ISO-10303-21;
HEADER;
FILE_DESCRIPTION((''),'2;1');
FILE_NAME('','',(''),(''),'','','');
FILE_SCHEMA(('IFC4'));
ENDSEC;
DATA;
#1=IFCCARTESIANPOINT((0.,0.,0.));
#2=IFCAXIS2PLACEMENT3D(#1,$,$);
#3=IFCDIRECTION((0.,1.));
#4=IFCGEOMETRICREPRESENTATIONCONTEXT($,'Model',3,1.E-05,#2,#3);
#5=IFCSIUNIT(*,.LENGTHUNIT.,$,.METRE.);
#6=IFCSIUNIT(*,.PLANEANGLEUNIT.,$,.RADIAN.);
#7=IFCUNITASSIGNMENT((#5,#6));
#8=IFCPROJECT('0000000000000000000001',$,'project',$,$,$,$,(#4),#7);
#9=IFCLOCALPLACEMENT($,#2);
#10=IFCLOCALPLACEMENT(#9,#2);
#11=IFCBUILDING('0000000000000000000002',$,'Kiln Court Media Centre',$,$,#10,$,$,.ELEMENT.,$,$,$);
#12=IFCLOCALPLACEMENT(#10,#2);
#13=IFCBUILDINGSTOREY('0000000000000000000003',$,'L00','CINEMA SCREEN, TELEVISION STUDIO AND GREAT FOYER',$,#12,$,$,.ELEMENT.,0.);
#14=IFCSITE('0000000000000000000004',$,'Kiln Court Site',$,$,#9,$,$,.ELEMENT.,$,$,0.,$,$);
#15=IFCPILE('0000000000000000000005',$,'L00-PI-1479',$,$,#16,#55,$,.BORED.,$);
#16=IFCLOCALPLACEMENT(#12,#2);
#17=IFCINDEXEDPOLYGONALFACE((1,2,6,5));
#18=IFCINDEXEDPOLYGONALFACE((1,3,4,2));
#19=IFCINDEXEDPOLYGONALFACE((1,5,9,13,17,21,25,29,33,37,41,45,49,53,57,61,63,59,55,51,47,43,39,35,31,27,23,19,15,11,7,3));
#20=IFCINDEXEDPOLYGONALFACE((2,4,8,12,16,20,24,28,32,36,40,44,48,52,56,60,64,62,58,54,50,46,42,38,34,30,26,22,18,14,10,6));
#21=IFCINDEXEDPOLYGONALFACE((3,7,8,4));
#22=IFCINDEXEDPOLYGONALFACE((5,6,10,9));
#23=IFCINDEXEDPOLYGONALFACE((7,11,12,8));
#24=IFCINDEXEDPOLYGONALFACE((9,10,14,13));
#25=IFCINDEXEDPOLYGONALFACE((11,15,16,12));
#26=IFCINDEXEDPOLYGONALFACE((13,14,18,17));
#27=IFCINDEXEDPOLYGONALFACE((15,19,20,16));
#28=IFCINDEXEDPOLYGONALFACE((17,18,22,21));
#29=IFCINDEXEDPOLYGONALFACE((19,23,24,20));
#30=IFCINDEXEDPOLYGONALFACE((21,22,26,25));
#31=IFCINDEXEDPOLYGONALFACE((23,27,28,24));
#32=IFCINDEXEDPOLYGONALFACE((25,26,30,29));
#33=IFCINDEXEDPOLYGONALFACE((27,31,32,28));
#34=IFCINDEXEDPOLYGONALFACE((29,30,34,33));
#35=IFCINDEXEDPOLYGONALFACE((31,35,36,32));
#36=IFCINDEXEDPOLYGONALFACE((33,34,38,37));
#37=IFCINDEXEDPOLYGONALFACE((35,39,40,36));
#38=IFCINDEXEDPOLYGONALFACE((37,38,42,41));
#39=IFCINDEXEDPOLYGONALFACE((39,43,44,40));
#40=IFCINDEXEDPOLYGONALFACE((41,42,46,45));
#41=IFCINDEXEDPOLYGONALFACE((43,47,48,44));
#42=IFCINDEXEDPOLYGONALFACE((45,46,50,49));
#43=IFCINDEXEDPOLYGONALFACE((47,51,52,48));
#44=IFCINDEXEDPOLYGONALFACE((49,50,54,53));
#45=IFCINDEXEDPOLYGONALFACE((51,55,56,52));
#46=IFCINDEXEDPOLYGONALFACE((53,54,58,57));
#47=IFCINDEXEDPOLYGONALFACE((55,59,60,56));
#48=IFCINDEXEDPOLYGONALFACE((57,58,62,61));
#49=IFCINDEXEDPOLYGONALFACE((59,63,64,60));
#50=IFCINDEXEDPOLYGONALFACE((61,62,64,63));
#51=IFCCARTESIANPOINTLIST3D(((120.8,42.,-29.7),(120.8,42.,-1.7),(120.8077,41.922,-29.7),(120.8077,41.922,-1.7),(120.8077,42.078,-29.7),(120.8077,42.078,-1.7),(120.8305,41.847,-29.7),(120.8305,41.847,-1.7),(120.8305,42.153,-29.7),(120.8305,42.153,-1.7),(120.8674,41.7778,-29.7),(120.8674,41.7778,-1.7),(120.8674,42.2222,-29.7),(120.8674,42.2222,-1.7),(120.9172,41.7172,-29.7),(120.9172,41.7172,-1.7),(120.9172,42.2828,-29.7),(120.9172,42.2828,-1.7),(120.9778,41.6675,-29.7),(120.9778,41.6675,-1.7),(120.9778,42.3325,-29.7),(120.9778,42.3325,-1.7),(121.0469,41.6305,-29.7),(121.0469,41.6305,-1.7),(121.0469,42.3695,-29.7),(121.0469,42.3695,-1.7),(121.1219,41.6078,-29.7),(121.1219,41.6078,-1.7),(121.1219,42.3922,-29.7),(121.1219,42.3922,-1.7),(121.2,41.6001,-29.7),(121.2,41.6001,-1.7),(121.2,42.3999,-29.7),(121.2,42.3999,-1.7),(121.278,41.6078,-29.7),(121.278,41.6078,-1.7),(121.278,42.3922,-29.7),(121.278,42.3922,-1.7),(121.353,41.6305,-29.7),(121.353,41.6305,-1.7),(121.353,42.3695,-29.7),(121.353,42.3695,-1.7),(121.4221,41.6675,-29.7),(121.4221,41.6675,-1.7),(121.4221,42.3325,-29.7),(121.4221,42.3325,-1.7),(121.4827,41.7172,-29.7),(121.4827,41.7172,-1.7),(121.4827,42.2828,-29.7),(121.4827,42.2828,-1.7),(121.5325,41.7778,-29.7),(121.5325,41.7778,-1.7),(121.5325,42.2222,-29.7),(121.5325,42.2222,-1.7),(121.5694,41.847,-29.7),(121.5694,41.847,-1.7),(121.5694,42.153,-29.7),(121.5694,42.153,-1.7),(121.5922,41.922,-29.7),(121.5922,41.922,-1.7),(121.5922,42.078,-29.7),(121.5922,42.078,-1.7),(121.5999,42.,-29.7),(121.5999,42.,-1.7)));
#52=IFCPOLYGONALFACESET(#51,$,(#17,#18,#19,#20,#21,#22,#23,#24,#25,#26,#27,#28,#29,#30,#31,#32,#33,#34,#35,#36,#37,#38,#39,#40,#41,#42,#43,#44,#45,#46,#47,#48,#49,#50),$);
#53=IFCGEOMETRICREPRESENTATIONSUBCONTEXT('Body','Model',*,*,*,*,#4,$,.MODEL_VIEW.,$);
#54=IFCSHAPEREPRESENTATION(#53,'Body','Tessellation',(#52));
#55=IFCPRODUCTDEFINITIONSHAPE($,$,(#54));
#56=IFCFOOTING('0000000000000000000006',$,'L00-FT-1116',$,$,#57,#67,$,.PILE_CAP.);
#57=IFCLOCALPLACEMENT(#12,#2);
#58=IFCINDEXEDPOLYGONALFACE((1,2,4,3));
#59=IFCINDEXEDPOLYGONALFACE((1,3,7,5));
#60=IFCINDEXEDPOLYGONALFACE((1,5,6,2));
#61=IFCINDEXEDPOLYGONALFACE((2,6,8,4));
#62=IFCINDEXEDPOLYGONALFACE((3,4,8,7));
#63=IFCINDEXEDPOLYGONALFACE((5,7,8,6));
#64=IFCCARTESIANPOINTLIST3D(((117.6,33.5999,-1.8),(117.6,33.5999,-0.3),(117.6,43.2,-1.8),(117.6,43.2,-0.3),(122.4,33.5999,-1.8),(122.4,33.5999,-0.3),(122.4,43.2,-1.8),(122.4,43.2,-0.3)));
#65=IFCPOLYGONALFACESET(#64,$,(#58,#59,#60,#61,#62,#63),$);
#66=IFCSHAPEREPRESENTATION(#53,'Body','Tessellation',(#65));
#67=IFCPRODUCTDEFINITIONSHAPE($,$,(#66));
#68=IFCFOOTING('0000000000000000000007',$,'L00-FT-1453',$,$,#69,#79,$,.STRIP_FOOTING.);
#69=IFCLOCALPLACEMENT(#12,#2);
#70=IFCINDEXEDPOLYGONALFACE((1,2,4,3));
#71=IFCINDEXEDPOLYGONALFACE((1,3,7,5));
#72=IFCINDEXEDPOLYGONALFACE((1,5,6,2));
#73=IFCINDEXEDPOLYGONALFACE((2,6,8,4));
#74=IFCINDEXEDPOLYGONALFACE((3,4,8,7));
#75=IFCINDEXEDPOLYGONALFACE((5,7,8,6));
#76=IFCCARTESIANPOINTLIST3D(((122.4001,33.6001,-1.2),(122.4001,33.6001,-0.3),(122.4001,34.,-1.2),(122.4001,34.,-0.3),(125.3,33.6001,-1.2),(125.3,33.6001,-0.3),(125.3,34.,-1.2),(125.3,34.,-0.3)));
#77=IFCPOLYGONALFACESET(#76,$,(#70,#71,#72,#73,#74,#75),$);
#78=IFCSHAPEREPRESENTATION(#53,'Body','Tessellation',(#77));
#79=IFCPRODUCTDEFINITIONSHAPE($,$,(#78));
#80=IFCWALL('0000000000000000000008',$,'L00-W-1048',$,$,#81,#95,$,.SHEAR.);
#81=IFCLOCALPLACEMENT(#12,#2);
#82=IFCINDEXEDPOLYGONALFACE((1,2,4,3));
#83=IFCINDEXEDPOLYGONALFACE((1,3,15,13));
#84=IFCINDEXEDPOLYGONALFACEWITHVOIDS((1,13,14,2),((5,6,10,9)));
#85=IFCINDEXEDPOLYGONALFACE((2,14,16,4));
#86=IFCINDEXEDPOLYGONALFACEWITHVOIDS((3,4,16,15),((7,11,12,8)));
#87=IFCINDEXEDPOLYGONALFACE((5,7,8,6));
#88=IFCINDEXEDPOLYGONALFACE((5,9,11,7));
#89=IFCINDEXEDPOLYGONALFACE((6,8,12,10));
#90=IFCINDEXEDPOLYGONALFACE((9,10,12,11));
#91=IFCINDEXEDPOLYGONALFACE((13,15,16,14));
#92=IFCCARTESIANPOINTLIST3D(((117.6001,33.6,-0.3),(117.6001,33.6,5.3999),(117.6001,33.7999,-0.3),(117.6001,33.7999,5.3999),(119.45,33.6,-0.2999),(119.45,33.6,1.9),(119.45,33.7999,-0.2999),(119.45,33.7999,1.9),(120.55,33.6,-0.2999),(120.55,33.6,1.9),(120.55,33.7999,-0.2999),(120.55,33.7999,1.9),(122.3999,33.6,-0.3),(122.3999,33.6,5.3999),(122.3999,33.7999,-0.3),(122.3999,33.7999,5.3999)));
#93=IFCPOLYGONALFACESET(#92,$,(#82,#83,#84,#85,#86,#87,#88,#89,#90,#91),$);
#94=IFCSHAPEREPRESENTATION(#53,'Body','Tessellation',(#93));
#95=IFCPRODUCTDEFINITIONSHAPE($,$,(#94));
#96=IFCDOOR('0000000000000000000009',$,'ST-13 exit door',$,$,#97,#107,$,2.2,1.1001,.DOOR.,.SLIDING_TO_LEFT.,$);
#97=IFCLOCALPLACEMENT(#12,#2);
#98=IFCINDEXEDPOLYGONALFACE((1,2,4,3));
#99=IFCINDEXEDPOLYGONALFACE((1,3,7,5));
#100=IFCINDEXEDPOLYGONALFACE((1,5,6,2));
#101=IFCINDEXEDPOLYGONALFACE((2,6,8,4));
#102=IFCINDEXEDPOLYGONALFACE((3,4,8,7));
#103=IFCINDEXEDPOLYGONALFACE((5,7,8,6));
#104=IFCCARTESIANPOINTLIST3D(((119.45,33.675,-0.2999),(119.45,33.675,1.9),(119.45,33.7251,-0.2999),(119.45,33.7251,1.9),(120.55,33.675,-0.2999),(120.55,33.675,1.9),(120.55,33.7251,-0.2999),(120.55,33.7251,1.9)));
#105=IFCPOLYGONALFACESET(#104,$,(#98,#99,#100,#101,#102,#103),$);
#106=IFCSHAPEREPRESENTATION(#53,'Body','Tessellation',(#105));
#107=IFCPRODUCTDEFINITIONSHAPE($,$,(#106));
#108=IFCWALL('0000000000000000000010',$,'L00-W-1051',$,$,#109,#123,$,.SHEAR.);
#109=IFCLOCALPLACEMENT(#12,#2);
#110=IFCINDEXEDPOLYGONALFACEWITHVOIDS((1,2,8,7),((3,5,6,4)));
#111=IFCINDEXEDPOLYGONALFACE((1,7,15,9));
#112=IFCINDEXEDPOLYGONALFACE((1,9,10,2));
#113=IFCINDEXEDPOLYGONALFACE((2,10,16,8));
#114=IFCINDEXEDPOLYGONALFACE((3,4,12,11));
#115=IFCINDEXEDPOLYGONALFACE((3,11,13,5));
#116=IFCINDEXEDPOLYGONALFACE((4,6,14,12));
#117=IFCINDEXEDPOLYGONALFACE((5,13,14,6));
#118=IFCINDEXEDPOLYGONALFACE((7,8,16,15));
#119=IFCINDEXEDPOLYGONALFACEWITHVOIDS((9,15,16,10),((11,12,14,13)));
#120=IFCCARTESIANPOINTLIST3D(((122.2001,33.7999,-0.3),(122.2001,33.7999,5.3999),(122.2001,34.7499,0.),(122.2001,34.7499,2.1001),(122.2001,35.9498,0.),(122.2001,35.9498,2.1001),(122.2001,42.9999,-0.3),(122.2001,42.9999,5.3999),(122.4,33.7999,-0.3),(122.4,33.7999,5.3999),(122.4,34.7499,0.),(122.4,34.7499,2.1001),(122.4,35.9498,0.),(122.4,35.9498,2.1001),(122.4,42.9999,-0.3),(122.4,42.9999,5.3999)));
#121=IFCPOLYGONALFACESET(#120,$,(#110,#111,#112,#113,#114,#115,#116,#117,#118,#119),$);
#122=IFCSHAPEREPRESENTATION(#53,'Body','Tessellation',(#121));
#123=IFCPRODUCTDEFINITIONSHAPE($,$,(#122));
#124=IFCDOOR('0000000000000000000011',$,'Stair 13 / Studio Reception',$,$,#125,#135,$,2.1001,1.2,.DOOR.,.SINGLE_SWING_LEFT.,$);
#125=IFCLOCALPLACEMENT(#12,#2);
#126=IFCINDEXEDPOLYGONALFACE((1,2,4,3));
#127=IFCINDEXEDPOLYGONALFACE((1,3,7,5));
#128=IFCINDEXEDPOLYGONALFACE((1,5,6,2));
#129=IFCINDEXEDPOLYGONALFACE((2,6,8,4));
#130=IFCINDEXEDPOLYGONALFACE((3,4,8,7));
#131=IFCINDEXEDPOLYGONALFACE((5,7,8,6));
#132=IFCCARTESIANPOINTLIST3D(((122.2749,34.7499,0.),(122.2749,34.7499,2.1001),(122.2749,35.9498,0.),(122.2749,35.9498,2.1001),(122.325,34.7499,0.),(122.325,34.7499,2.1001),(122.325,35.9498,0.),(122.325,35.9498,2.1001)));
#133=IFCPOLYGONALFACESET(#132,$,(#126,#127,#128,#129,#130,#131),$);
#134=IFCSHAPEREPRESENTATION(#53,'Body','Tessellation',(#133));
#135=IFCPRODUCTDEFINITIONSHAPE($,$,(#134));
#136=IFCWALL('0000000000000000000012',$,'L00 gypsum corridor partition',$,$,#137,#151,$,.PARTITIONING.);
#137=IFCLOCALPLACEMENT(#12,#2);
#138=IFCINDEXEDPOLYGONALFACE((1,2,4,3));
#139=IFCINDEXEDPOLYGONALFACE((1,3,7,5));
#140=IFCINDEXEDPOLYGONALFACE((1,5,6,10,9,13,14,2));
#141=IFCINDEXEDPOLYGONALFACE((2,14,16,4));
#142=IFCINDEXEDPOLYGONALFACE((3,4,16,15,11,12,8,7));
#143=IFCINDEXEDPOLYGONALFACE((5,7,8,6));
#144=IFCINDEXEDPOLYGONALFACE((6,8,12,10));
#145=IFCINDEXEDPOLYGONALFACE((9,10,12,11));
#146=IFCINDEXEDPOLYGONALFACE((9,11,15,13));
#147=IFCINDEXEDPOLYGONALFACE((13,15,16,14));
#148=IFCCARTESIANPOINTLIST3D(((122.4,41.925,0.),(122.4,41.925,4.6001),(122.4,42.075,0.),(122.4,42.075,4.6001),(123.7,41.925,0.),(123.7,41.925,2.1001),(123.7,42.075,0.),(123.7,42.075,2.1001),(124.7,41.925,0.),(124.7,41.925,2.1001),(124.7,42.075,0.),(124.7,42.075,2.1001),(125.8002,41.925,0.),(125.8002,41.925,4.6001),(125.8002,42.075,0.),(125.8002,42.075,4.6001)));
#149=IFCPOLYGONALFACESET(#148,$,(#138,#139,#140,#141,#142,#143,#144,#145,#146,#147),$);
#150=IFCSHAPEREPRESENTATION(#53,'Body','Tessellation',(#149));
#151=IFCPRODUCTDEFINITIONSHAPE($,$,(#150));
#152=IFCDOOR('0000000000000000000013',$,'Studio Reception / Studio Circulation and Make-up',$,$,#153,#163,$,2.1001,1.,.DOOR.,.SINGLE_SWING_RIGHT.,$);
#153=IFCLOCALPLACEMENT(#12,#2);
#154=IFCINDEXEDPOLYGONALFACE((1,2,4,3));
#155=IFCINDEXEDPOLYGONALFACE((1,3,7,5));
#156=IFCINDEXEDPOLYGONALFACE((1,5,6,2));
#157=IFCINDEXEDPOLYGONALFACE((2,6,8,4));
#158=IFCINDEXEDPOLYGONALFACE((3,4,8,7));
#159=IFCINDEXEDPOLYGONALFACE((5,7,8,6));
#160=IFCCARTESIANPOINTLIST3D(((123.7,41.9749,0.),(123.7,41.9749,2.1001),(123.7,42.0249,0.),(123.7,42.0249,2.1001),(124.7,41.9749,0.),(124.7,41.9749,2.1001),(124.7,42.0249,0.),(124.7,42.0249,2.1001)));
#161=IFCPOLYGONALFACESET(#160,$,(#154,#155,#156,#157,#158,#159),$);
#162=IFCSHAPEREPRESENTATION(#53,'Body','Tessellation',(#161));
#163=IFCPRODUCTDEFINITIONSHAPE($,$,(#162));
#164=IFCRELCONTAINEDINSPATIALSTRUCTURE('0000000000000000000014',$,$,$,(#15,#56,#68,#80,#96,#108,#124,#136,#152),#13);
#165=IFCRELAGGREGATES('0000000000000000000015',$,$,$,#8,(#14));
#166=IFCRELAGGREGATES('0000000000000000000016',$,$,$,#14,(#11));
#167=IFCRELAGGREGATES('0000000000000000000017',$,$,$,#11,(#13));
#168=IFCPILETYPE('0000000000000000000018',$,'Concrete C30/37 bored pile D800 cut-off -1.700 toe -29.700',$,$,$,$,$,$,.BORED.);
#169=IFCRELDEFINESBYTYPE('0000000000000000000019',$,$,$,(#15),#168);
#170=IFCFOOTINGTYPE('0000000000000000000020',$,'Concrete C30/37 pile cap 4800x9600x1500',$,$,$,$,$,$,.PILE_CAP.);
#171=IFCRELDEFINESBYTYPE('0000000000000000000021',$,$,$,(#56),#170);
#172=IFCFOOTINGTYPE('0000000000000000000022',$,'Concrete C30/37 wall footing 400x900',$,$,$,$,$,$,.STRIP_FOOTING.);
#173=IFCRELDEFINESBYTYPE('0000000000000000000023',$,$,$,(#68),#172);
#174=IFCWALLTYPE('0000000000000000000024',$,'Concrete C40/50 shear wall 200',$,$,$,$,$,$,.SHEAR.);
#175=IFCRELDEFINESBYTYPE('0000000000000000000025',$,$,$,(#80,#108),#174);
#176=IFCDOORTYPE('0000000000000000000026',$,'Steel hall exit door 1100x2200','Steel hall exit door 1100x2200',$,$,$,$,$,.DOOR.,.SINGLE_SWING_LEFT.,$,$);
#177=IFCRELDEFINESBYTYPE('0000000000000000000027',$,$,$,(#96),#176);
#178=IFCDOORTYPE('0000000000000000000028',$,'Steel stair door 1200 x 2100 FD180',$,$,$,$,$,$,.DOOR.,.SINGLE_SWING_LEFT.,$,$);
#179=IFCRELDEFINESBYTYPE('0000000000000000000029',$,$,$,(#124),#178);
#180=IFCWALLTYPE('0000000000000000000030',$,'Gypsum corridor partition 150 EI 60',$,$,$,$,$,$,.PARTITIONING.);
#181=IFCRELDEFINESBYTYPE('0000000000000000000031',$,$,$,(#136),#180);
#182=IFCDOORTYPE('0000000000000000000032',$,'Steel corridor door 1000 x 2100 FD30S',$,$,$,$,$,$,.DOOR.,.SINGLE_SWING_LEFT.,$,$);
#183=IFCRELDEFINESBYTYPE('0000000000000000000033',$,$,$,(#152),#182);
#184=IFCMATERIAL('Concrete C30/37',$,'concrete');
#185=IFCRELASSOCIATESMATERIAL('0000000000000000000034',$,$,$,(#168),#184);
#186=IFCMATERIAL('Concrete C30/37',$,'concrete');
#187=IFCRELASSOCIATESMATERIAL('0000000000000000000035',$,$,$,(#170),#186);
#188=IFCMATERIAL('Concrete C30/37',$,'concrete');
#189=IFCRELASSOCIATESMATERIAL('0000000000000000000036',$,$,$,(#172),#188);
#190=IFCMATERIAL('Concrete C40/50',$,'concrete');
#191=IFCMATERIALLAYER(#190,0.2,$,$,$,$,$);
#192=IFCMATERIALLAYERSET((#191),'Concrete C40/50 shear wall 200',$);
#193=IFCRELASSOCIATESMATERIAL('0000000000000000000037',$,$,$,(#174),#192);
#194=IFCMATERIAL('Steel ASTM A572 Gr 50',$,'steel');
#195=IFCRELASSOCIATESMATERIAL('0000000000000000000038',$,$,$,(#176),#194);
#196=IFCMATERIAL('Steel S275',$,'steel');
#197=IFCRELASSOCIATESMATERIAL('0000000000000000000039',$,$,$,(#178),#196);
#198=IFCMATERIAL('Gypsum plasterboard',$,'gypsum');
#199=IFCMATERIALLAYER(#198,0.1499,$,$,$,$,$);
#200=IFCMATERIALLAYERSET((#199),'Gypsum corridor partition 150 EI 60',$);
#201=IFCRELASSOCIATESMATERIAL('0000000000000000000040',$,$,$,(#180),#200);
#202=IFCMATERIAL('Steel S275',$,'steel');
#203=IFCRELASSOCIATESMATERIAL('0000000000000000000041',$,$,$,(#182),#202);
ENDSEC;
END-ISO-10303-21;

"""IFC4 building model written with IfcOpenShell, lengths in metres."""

from ifc_helpers import new_model, si_unit, direction, frame, frame_2d, origin, origin_2d, place, context, subcontext, project, spatial, rectangle, circle, extrude, material, layer, layer_set, material_profile, profile_set, type_object, element, fill, save


model = new_model("IFC4")

# Units and contexts
model_context = context("Model", 3, precision=1e-05, world=origin(), true_north=direction((0.0, 1.0)))
body_context = subcontext(model_context, "Body", "Model", "MODEL_VIEW")
ifc_project = project(units=[si_unit("LENGTHUNIT", "METRE"), si_unit("PLANEANGLEUNIT", "RADIAN")], contexts=[model_context])

# Site, building, storey
site_placement = place(None, origin())
site = spatial("IfcSite", under=ifc_project, at=site_placement, Name="Kiln Court Site", CompositionType="ELEMENT", RefElevation=0.0)
building_placement = place(site_placement, origin())
building = spatial("IfcBuilding", under=site, at=building_placement, Name="Kiln Court Media Centre", CompositionType="ELEMENT")
storey_placement = place(building_placement, origin())
storey = spatial("IfcBuildingStorey", under=building, at=storey_placement, Name="L00", Description="CINEMA SCREEN, TELEVISION STUDIO AND GREAT FOYER", CompositionType="ELEMENT", Elevation=0.0)

# Pile
ifc_material_1 = material(Name="Concrete C30/37", Category="concrete")
ifc_material_profile_1 = material_profile(ifc_material_1, circle(Radius=0.3999, at=origin_2d()), Name="PILE D800")
ifc_profile_set_1 = profile_set([ifc_material_profile_1], Name="Concrete C30/37")
pile_type_1 = type_object("IfcPileType", Name="Concrete C30/37 bored pile D800 cut-off -1.700 toe -29.700", PredefinedType="BORED", material=ifc_profile_set_1)
for number, where, z_axis, x_axis, name in (
    (1, (121.2, 42.0, -1.7), (0.0, 0.0, -1.0), (1.0, 0.0, 0.0), "L00-PI-1479"),
):
    element("IfcPile", number, at=place(storey_placement, frame(where, z_axis=z_axis, x_axis=x_axis)), inside=storey, type_object=pile_type_1, Name=name, PredefinedType="BORED", context=body_context, shape_type="SweptSolid", body=[
        extrude(circle(Radius=0.3999, at=origin_2d()), origin(), (0.0, 0.0, 1.0), 28.0),
    ])

# Footings
ifc_material_2 = material(Name="Concrete C30/37", Category="concrete")
footing_type_1 = type_object("IfcFootingType", Name="Concrete C30/37 pile cap 4800x9600x1500", PredefinedType="PILE_CAP", material=ifc_material_2)
footing_1_placement = place(storey_placement, frame((120.0, 38.3999, -1.8), z_axis=(0.0, 0.0, 1.0), x_axis=(1.0, 0.0, 0.0)))
element("IfcFooting", 2, at=footing_1_placement, inside=storey, type_object=footing_type_1, Name="L00-FT-1116", PredefinedType="PILE_CAP", context=body_context, shape_type="SweptSolid", body=[
    extrude(rectangle(XDim=4.8, YDim=9.6001, at=origin_2d()), origin(), (0.0, 0.0, 1.0), 1.5),
])
ifc_material_3 = material(Name="Concrete C30/37", Category="concrete")
footing_type_2 = type_object("IfcFootingType", Name="Concrete C30/37 wall footing 400x900", PredefinedType="STRIP_FOOTING", material=ifc_material_3)
footing_2_placement = place(storey_placement, frame((123.8501, 33.8, -1.2), z_axis=(0.0, 0.0, 1.0), x_axis=(1.0, 0.0, 0.0)))
element("IfcFooting", 3, at=footing_2_placement, inside=storey, type_object=footing_type_2, Name="L00-FT-1453", PredefinedType="STRIP_FOOTING", context=body_context, shape_type="SweptSolid", body=[
    extrude(rectangle(XDim=2.8999, YDim=0.3999, at=origin_2d()), origin(), (0.0, 0.0, 1.0), 0.8999),
])

# Walls, openings, doors
ifc_material_4 = material(Name="Concrete C40/50", Category="concrete")
ifc_layer_1 = layer(ifc_material_4, 0.2)
ifc_layer_set_1 = layer_set([ifc_layer_1], Name="Concrete C40/50 shear wall 200")
wall_type_1 = type_object("IfcWallType", Name="Concrete C40/50 shear wall 200", PredefinedType="SHEAR", material=ifc_layer_set_1)
wall_1_placement = place(storey_placement, frame((122.3999, 33.7, -0.3), z_axis=(0.0, 0.0, 1.0), x_axis=(-1.0, 0.0, 0.0)))
wall_1 = element("IfcWall", 4, at=wall_1_placement, inside=storey, type_object=wall_type_1, Name="L00-W-1048", PredefinedType="SHEAR", context=body_context, shape_type="SweptSolid", body=[
    extrude(rectangle(XDim=4.7998, YDim=0.2, at=frame_2d((2.3999, 0.0))), origin(), (0.0, 0.0, 1.0), 5.7),
])
opening_1_placement = place(wall_1_placement, frame((1.8499, 0.0, 0.0)))
opening_1 = element("IfcOpeningElement", 5, at=opening_1_placement, cuts=wall_1, PredefinedType="OPENING", context=body_context, shape_type="SweptSolid", body=[
    extrude(rectangle(XDim=1.1001, YDim=2.2, at=frame_2d((0.55, 1.1001))), frame((0.0, 0.1099, 0.0), z_axis=(0.0, -1.0, 0.0), x_axis=(1.0, 0.0, 0.0)), (0.0, 0.0, 1.0), 0.22),
])
ifc_material_5 = material(Name="Steel ASTM A572 Gr 50", Category="steel")
door_type_1 = type_object("IfcDoorType", Name="Steel hall exit door 1100x2200", Description="Steel hall exit door 1100x2200", OperationType="SINGLE_SWING_LEFT", PredefinedType="DOOR", material=ifc_material_5)
door_1_placement = place(opening_1_placement, origin())
door_1 = element("IfcDoor", 6, at=door_1_placement, inside=storey, type_object=door_type_1, Name="ST-13 exit door", OperationType="SLIDING_TO_LEFT", OverallHeight=2.2, OverallWidth=1.1001, PredefinedType="DOOR", context=body_context, shape_type="SweptSolid", body=[
    extrude(rectangle(XDim=1.1001, YDim=2.2, at=frame_2d((0.55, 1.1001))), frame((0.0, 0.0249, 0.0), z_axis=(0.0, -1.0, 0.0), x_axis=(1.0, 0.0, 0.0)), (0.0, 0.0, 1.0), 0.05),
])
fill(opening_1, door_1)
wall_2_placement = place(storey_placement, frame((122.3, 43.0, -0.3), z_axis=(0.0, 0.0, 1.0), x_axis=(0.0, -1.0, 0.0)))
wall_2 = element("IfcWall", 7, at=wall_2_placement, inside=storey, type_object=wall_type_1, Name="L00-W-1051", PredefinedType="SHEAR", context=body_context, shape_type="SweptSolid", body=[
    extrude(rectangle(XDim=9.2, YDim=0.2, at=frame_2d((4.6001, 0.0))), origin(), (0.0, 0.0, 1.0), 5.7),
])
opening_2_placement = place(wall_2_placement, frame((7.05, 0.0, 0.3)))
opening_2 = element("IfcOpeningElement", 8, at=opening_2_placement, cuts=wall_2, PredefinedType="OPENING", context=body_context, shape_type="SweptSolid", body=[
    extrude(rectangle(XDim=1.2, YDim=2.1001, at=frame_2d((0.6001, 1.05))), frame((0.0, 0.1099, 0.0), z_axis=(0.0, -1.0, 0.0), x_axis=(1.0, 0.0, 0.0)), (0.0, 0.0, 1.0), 0.22),
])
ifc_material_6 = material(Name="Steel S275", Category="steel")
door_type_2 = type_object("IfcDoorType", Name="Steel stair door 1200 x 2100 FD180", OperationType="SINGLE_SWING_LEFT", PredefinedType="DOOR", material=ifc_material_6)
door_2_placement = place(opening_2_placement, origin())
door_2 = element("IfcDoor", 9, at=door_2_placement, inside=storey, type_object=door_type_2, Name="Stair 13 / Studio Reception", OperationType="SINGLE_SWING_LEFT", OverallHeight=2.1001, OverallWidth=1.2, PredefinedType="DOOR", context=body_context, shape_type="SweptSolid", body=[
    extrude(rectangle(XDim=1.2, YDim=2.1001, at=frame_2d((0.6001, 1.05))), frame((0.0, 0.0249, 0.0), z_axis=(0.0, -1.0, 0.0), x_axis=(1.0, 0.0, 0.0)), (0.0, 0.0, 1.0), 0.05),
])
fill(opening_2, door_2)
ifc_material_7 = material(Name="Gypsum plasterboard", Category="gypsum")
ifc_layer_2 = layer(ifc_material_7, 0.1499)
ifc_layer_set_2 = layer_set([ifc_layer_2], Name="Gypsum corridor partition 150 EI 60")
wall_type_2 = type_object("IfcWallType", Name="Gypsum corridor partition 150 EI 60", PredefinedType="PARTITIONING", material=ifc_layer_set_2)
wall_3_placement = place(storey_placement, frame((122.3999, 42.0, 0.0), z_axis=(0.0, 0.0, 1.0), x_axis=(1.0, 0.0, 0.0)))
wall_3 = element("IfcWall", 10, at=wall_3_placement, inside=storey, type_object=wall_type_2, Name="L00 gypsum corridor partition", PredefinedType="PARTITIONING", context=body_context, shape_type="SweptSolid", body=[
    extrude(rectangle(XDim=3.4001, YDim=0.1499, at=frame_2d((1.7002, 0.0))), origin(), (0.0, 0.0, 1.0), 4.6001),
])
opening_3_placement = place(wall_3_placement, frame((1.3, 0.0, 0.0)))
opening_3 = element("IfcOpeningElement", 11, at=opening_3_placement, cuts=wall_3, PredefinedType="OPENING", context=body_context, shape_type="SweptSolid", body=[
    extrude(rectangle(XDim=1.0, YDim=2.1001, at=frame_2d((0.5, 1.05))), frame((0.0, 0.085, 0.0), z_axis=(0.0, -1.0, 0.0), x_axis=(1.0, 0.0, 0.0)), (0.0, 0.0, 1.0), 0.1699),
])
ifc_material_8 = material(Name="Steel S275", Category="steel")
door_type_3 = type_object("IfcDoorType", Name="Steel corridor door 1000 x 2100 FD30S", OperationType="SINGLE_SWING_LEFT", PredefinedType="DOOR", material=ifc_material_8)
door_3_placement = place(opening_3_placement, origin())
door_3 = element("IfcDoor", 12, at=door_3_placement, inside=storey, type_object=door_type_3, Name="Studio Reception / Studio Circulation and Make-up", OperationType="SINGLE_SWING_RIGHT", OverallHeight=2.1001, OverallWidth=1.0, PredefinedType="DOOR", context=body_context, shape_type="SweptSolid", body=[
    extrude(rectangle(XDim=1.0, YDim=2.1001, at=frame_2d((0.5, 1.05))), frame((0.0, 0.0249, 0.0), z_axis=(0.0, -1.0, 0.0), x_axis=(1.0, 0.0, 0.0)), (0.0, 0.0, 1.0), 0.05),
])
fill(opening_3, door_3)

save(model, "model.ifc")
